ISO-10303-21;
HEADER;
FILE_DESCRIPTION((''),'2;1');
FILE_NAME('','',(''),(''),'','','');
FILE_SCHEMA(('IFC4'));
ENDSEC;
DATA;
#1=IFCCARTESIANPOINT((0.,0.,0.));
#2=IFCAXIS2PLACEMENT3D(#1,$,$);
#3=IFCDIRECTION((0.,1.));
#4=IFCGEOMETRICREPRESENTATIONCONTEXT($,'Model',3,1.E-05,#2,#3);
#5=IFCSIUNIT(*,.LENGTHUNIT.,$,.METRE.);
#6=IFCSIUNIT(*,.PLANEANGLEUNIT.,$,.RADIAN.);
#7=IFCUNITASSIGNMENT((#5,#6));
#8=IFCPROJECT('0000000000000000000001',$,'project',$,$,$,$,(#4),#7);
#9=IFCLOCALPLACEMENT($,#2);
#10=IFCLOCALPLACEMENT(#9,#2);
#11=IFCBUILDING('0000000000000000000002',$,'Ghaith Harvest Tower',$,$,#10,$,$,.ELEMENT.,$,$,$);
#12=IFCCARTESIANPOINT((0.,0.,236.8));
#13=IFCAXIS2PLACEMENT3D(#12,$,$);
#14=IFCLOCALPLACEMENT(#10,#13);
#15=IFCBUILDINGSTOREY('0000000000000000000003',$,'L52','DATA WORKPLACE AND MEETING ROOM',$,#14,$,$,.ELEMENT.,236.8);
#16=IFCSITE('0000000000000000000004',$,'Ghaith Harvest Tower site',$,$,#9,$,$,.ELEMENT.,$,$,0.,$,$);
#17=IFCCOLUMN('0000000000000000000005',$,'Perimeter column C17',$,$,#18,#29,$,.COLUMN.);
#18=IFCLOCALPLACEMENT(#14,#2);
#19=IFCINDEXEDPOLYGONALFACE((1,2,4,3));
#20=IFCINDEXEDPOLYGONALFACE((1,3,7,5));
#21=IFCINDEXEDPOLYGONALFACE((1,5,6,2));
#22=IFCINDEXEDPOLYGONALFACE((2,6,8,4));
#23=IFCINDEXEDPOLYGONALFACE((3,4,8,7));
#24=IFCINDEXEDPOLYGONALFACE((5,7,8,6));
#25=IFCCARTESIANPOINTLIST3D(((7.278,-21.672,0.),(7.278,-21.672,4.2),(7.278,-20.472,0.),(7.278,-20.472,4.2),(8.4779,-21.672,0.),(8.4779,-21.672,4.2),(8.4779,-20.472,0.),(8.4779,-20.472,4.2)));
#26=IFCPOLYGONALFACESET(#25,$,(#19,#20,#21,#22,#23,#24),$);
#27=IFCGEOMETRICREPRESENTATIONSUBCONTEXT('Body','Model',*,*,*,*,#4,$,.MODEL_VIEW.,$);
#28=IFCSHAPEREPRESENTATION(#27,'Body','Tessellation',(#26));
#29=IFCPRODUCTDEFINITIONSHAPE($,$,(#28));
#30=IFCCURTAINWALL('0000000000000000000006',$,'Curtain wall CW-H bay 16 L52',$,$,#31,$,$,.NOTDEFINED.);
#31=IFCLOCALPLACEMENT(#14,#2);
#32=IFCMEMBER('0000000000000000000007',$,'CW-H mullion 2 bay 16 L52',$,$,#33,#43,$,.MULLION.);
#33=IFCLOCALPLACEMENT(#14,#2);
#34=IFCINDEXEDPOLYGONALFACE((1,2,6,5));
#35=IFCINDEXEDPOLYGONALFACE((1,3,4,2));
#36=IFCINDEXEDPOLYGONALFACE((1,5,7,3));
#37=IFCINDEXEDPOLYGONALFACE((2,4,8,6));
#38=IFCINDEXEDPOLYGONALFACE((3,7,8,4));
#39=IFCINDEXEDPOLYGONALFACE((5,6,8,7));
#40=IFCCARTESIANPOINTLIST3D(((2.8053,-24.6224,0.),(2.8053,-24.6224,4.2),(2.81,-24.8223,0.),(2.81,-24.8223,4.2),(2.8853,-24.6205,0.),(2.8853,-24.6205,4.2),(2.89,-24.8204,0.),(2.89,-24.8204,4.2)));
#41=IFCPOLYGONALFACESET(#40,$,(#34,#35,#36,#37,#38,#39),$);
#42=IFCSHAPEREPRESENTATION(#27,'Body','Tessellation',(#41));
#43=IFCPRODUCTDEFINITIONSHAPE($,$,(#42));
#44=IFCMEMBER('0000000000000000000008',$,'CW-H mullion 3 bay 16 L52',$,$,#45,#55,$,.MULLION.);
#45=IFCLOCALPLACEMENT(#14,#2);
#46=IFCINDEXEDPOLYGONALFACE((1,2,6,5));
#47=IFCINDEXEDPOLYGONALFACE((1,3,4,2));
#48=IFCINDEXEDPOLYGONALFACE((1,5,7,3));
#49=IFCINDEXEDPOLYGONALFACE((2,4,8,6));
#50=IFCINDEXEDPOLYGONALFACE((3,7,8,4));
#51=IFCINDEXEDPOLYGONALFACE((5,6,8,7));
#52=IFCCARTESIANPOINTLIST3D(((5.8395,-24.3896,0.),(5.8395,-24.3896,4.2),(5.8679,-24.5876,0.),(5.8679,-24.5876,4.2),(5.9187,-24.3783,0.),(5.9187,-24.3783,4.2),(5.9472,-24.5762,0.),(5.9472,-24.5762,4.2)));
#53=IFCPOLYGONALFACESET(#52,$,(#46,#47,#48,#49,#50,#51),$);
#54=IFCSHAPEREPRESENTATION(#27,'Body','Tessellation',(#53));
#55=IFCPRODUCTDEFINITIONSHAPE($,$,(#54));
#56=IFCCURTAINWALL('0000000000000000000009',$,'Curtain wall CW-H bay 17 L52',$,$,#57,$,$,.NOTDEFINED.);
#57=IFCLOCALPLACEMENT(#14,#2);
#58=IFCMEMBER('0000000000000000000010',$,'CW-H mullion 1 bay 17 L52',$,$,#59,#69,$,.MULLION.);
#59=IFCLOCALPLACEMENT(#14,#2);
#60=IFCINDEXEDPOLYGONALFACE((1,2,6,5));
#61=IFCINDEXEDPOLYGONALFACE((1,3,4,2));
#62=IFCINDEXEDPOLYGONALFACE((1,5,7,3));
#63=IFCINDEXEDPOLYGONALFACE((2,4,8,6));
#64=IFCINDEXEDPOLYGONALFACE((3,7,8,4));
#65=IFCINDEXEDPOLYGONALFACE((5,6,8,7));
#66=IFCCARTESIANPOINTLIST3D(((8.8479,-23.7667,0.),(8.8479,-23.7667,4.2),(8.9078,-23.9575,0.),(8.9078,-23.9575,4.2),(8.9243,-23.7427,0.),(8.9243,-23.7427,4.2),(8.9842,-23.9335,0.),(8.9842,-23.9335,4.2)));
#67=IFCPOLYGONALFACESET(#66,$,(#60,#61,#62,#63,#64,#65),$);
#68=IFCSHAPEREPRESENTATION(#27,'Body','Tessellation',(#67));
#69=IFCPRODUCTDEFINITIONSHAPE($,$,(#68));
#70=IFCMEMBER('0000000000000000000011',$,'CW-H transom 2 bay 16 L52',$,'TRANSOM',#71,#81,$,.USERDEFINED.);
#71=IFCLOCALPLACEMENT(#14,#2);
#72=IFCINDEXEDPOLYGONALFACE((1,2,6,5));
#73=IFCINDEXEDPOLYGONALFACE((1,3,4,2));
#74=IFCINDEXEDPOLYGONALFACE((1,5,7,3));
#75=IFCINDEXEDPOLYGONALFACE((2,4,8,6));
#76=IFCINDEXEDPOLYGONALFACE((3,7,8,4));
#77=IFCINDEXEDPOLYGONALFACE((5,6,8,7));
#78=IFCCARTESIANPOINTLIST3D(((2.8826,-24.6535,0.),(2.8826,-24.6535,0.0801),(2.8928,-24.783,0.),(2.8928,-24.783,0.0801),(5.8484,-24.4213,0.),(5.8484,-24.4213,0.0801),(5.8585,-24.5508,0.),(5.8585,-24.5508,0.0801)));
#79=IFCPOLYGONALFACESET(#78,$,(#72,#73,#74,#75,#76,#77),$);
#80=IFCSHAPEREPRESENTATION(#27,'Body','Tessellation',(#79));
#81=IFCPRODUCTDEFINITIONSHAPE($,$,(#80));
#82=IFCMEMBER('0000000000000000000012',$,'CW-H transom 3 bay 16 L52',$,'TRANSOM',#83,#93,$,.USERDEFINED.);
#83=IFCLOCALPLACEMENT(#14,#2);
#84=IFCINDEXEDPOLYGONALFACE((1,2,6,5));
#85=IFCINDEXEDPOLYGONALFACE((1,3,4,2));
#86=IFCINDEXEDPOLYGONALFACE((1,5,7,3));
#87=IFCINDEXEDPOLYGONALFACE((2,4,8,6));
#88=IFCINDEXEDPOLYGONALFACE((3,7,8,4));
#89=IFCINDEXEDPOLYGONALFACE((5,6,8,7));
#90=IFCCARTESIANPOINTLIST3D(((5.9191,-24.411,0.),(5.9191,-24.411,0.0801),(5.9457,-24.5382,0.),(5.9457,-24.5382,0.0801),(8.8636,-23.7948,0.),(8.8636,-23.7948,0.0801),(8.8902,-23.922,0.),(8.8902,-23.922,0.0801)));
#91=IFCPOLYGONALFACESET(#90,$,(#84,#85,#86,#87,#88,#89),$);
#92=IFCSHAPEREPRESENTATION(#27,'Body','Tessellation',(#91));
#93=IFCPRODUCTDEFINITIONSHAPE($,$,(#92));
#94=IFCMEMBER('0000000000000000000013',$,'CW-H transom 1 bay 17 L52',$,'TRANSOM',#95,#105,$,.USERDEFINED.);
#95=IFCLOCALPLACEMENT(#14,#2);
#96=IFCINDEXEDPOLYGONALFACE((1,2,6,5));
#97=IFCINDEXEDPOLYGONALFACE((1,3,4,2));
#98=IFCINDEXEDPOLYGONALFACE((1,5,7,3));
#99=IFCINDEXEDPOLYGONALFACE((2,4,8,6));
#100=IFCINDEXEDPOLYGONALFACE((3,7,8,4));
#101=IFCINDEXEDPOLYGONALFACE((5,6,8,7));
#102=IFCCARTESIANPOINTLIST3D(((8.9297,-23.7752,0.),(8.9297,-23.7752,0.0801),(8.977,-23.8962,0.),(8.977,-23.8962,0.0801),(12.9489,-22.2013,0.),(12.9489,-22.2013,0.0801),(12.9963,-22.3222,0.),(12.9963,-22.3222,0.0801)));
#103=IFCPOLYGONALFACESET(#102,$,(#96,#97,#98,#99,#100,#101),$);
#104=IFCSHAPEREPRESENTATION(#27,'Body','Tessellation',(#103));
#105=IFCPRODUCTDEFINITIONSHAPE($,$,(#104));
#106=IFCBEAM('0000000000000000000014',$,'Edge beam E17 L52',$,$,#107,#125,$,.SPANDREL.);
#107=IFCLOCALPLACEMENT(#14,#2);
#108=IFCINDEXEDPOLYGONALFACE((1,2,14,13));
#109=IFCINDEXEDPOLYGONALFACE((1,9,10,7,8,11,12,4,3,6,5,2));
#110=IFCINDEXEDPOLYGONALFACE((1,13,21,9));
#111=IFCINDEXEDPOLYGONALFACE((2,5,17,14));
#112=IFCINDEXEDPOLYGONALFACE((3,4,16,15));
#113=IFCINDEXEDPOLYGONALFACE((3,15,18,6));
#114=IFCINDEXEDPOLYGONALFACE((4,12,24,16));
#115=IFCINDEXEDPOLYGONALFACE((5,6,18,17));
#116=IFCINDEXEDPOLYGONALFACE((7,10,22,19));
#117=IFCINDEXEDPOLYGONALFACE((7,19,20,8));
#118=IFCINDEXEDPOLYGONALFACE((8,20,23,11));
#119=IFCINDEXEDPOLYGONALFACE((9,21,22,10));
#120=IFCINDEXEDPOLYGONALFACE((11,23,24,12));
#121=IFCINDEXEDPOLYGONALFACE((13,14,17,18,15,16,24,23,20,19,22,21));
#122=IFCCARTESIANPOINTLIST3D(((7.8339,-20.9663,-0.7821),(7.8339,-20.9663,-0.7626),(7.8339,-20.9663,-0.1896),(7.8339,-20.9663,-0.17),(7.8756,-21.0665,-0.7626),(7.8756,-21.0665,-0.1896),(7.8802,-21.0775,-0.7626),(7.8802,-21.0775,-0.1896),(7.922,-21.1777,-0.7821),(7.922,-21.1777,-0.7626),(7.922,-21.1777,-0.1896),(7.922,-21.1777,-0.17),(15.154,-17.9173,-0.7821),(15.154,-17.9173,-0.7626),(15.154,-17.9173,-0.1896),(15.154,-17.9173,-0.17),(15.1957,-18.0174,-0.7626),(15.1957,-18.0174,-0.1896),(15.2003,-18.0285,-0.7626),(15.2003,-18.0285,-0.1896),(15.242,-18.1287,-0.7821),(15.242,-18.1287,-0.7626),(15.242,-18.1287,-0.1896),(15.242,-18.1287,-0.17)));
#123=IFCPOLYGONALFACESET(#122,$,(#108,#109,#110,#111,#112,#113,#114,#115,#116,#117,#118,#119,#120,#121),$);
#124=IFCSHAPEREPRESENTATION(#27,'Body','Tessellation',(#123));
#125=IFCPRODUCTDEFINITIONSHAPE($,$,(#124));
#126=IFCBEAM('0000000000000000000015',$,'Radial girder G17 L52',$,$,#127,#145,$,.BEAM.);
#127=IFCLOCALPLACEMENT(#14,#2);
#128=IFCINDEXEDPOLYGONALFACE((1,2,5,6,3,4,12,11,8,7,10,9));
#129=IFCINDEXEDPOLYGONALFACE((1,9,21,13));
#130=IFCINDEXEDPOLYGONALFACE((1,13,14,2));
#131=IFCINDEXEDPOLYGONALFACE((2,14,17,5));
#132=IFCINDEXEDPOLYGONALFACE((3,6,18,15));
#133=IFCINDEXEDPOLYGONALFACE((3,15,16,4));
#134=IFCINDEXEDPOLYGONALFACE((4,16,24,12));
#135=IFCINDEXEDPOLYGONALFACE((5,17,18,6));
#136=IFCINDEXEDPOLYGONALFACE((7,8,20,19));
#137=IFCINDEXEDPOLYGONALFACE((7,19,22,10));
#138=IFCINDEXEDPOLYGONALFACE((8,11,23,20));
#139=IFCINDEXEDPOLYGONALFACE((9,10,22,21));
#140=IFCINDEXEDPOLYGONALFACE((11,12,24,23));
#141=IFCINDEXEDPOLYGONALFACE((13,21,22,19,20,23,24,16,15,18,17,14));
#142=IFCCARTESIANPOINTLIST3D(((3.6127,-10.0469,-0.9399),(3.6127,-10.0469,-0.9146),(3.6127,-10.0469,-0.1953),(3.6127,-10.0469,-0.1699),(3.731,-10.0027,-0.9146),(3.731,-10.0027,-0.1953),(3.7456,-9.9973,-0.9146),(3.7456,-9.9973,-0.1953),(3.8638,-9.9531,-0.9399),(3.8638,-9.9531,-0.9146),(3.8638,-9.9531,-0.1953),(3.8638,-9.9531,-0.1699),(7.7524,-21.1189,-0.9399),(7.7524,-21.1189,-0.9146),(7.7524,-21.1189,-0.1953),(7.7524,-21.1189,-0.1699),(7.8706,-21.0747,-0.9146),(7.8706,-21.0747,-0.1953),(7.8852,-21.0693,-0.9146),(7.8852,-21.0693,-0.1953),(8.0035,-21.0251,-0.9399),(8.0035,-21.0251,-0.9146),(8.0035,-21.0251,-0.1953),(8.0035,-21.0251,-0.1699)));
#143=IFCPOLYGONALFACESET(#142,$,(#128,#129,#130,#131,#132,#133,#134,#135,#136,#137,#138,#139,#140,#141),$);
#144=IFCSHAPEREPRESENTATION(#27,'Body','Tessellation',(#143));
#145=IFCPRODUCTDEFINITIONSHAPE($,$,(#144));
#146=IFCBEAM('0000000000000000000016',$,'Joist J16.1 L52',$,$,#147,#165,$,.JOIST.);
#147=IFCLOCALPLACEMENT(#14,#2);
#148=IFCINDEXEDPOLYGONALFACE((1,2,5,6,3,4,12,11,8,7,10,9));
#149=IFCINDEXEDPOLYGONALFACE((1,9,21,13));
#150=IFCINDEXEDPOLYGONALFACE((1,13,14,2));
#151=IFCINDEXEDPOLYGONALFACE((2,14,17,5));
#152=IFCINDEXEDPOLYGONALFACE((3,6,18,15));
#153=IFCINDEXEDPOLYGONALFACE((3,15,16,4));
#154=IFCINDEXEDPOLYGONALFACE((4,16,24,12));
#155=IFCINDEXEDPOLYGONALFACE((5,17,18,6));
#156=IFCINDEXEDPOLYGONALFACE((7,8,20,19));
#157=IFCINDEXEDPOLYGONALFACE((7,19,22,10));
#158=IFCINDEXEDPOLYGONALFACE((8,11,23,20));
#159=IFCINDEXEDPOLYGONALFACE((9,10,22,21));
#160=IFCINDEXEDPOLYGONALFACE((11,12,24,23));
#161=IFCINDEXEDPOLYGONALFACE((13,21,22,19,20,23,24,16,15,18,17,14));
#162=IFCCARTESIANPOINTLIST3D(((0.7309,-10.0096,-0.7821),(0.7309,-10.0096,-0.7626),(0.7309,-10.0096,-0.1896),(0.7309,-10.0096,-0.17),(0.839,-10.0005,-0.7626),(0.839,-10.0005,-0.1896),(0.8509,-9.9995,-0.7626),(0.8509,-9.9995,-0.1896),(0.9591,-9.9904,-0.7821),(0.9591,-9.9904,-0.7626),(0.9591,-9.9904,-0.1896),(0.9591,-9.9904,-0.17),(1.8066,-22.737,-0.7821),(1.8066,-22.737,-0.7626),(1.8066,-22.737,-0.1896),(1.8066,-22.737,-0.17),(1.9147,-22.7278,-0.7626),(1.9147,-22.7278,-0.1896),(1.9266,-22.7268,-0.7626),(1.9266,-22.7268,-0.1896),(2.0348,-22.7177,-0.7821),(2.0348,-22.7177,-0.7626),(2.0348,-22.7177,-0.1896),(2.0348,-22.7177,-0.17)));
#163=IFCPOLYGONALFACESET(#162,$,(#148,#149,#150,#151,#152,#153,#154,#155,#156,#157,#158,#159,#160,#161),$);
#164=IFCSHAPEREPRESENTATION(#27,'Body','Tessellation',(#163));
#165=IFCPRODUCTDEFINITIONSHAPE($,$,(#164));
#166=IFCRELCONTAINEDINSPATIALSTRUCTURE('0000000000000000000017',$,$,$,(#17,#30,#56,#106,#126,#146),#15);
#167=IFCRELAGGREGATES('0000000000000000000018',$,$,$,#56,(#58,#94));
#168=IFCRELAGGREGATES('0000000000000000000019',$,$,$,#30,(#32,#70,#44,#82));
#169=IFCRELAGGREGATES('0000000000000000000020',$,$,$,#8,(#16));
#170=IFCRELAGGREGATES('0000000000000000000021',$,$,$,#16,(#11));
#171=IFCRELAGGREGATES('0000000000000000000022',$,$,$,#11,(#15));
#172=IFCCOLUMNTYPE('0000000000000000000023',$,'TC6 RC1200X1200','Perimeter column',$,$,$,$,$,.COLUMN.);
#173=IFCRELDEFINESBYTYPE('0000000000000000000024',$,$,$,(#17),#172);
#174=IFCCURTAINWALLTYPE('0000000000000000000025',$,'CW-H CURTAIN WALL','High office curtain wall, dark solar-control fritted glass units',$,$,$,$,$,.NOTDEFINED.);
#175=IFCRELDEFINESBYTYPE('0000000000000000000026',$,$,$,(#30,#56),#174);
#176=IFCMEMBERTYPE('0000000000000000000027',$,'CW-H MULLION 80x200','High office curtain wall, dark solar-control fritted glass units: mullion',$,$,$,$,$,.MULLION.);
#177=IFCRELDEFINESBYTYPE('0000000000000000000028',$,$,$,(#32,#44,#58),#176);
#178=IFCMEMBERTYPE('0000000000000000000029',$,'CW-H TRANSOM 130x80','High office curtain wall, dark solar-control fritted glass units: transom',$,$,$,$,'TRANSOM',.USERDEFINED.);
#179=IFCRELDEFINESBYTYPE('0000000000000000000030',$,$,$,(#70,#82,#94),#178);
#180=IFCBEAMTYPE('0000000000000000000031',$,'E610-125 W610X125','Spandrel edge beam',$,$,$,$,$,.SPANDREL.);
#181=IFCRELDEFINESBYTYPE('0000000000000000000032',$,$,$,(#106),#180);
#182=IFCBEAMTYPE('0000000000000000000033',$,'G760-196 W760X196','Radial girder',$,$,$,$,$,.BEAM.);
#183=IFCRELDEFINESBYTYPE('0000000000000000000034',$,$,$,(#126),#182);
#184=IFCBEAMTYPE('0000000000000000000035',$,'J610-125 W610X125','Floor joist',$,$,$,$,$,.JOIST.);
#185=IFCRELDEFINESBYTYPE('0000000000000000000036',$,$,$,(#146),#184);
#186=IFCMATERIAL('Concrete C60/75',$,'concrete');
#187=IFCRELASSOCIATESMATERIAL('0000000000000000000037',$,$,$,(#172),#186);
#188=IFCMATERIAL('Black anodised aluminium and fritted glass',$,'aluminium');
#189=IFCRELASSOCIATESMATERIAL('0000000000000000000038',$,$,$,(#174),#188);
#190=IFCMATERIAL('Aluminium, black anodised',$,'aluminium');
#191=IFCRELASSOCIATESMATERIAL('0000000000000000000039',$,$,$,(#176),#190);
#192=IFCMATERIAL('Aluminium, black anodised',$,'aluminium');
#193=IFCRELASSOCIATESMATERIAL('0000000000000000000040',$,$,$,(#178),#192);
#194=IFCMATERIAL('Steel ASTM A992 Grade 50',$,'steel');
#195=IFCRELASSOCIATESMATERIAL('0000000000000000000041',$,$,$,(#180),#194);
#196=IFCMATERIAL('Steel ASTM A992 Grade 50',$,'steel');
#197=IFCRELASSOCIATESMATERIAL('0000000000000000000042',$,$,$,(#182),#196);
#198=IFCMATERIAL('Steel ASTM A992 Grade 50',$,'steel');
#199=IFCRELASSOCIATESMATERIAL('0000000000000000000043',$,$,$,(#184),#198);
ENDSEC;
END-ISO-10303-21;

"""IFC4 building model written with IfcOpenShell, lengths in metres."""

from ifc_helpers import new_model, si_unit, direction, frame, origin, origin_2d, place, context, subcontext, project, spatial, rectangle, i_section, extrude, material, material_profile, profile_set, type_object, element, aggregate, save


model = new_model("IFC4")

# Units and contexts
model_context = context("Model", 3, precision=1e-05, world=origin(), true_north=direction((0.0, 1.0)))
body_context = subcontext(model_context, "Body", "Model", "MODEL_VIEW")
ifc_project = project(units=[si_unit("LENGTHUNIT", "METRE"), si_unit("PLANEANGLEUNIT", "RADIAN")], contexts=[model_context])

# Site, building, storey
site_placement = place(None, origin())
site = spatial("IfcSite", under=ifc_project, at=site_placement, Name="Ghaith Harvest Tower site", CompositionType="ELEMENT", RefElevation=0.0)
building_placement = place(site_placement, origin())
building = spatial("IfcBuilding", under=site, at=building_placement, Name="Ghaith Harvest Tower", CompositionType="ELEMENT")
storey_placement = place(building_placement, frame((0.0, 0.0, 236.8)))
storey = spatial("IfcBuildingStorey", under=building, at=storey_placement, Name="L52", Description="DATA WORKPLACE AND MEETING ROOM", CompositionType="ELEMENT", Elevation=236.8)

# Column
ifc_material_1 = material(Name="Concrete C60/75", Category="concrete")
ifc_material_profile_1 = material_profile(ifc_material_1, rectangle(XDim=1.2, YDim=1.2, at=origin_2d()), Name="RC1200X1200")
ifc_profile_set_1 = profile_set([ifc_material_profile_1], Name="Concrete C60/75")
column_type = type_object("IfcColumnType", Name="TC6 RC1200X1200", Description="Perimeter column", PredefinedType="COLUMN", material=ifc_profile_set_1)
column_placement = place(storey_placement, frame((7.8779, -21.072, 0.0), z_axis=(0.0, 0.0, 1.0), x_axis=(1.0, 0.0, 0.0)))
element("IfcColumn", 1, at=column_placement, inside=storey, type_object=column_type, Name="Perimeter column C17", PredefinedType="COLUMN", context=body_context, shape_type="SweptSolid", body=[
    extrude(rectangle(XDim=1.2, YDim=1.2, at=origin_2d()), origin(), (0.0, 0.0, 1.0), 4.2),
])

# Curtain wall, members
ifc_material_2 = material(Name="Black anodised aluminium and fritted glass", Category="aluminium")
curtain_wall_type = type_object("IfcCurtainWallType", Name="CW-H CURTAIN WALL", Description="High office curtain wall, dark solar-control fritted glass units", PredefinedType="NOTDEFINED", material=ifc_material_2)
curtain_wall_1_placement = place(storey_placement, origin())
curtain_wall_1 = element("IfcCurtainWall", 2, at=curtain_wall_1_placement, inside=storey, type_object=curtain_wall_type, Name="Curtain wall CW-H bay 16 L52", PredefinedType="NOTDEFINED")
ifc_material_3 = material(Name="Aluminium, black anodised", Category="aluminium")
ifc_material_profile_2 = material_profile(ifc_material_3, rectangle(XDim=0.0801, YDim=0.2, at=origin_2d()), Name="CW-H MULLION 80x200")
ifc_profile_set_2 = profile_set([ifc_material_profile_2], Name="Aluminium, black anodised")
member_type_1 = type_object("IfcMemberType", Name="CW-H MULLION 80x200", Description="High office curtain wall, dark solar-control fritted glass units: mullion", PredefinedType="MULLION", material=ifc_profile_set_2)
member_1_placement = place(storey_placement, frame((2.8477, -24.7214, 0.0), z_axis=(0.0, 0.0, 1.0), x_axis=(0.999724, 0.023475, 0.0)))
member_1 = element("IfcMember", 3, at=member_1_placement, type_object=member_type_1, Name="CW-H mullion 2 bay 16 L52", PredefinedType="MULLION", context=body_context, shape_type="SweptSolid", body=[
    extrude(rectangle(XDim=0.0801, YDim=0.2, at=origin_2d()), origin(), (0.0, 0.0, 1.0), 4.2),
])
member_2_placement = place(storey_placement, frame((5.8933, -24.4829, 0.0), z_axis=(0.0, 0.0, 1.0), x_axis=(0.989849, 0.142122, 0.0)))
member_2 = element("IfcMember", 4, at=member_2_placement, type_object=member_type_1, Name="CW-H mullion 3 bay 16 L52", PredefinedType="MULLION", context=body_context, shape_type="SweptSolid", body=[
    extrude(rectangle(XDim=0.0801, YDim=0.2, at=origin_2d()), origin(), (0.0, 0.0, 1.0), 4.2),
])

# Curtain wall, member
curtain_wall_2_placement = place(storey_placement, origin())
curtain_wall_2 = element("IfcCurtainWall", 5, at=curtain_wall_2_placement, inside=storey, type_object=curtain_wall_type, Name="Curtain wall CW-H bay 17 L52", PredefinedType="NOTDEFINED")
member_3_placement = place(storey_placement, frame((8.916, -23.8501, 0.0), z_axis=(0.0, 0.0, 1.0), x_axis=(0.95403, 0.299711, 0.0)))
member_3 = element("IfcMember", 6, at=member_3_placement, type_object=member_type_1, Name="CW-H mullion 1 bay 17 L52", PredefinedType="MULLION", context=body_context, shape_type="SweptSolid", body=[
    extrude(rectangle(XDim=0.0801, YDim=0.2, at=origin_2d()), origin(), (0.0, 0.0, 1.0), 4.2),
])

# Members
ifc_material_4 = material(Name="Aluminium, black anodised", Category="aluminium")
ifc_material_profile_3 = material_profile(ifc_material_4, rectangle(XDim=0.1299, YDim=0.0801, at=origin_2d()), Name="CW-H TRANSOM 130x80")
ifc_profile_set_3 = profile_set([ifc_material_profile_3], Name="Aluminium, black anodised")
member_type_2 = type_object("IfcMemberType", Name="CW-H TRANSOM 130x80", Description="High office curtain wall, dark solar-control fritted glass units: transom", ElementType="TRANSOM", PredefinedType="USERDEFINED", material=ifc_profile_set_3)
member_4_placement = place(storey_placement, frame((2.8877, -24.7183, 0.04), z_axis=(0.99695, 0.078046, 0.0), x_axis=(-0.078046, 0.99695, 0.0)))
member_4 = element("IfcMember", 7, at=member_4_placement, type_object=member_type_2, Name="CW-H transom 2 bay 16 L52", ObjectType="TRANSOM", PredefinedType="USERDEFINED", context=body_context, shape_type="SweptSolid", body=[
    extrude(rectangle(XDim=0.1299, YDim=0.0801, at=origin_2d()), origin(), (0.0, 0.0, 1.0), 2.9749),
])
member_5_placement = place(storey_placement, frame((5.9324, -24.4746, 0.04), z_axis=(0.978797, 0.204832, 0.0), x_axis=(-0.204832, 0.978797, 0.0)))
member_5 = element("IfcMember", 8, at=member_5_placement, type_object=member_type_2, Name="CW-H transom 3 bay 16 L52", ObjectType="TRANSOM", PredefinedType="USERDEFINED", context=body_context, shape_type="SweptSolid", body=[
    extrude(rectangle(XDim=0.1299, YDim=0.0801, at=origin_2d()), origin(), (0.0, 0.0, 1.0), 3.0083),
])
member_6_placement = place(storey_placement, frame((8.9534, -23.8357, 0.04), z_axis=(0.931148, 0.364642, 0.0), x_axis=(-0.364642, 0.931148, 0.0)))
member_6 = element("IfcMember", 9, at=member_6_placement, type_object=member_type_2, Name="CW-H transom 1 bay 17 L52", ObjectType="TRANSOM", PredefinedType="USERDEFINED", context=body_context, shape_type="SweptSolid", body=[
    extrude(rectangle(XDim=0.1299, YDim=0.0801, at=origin_2d()), origin(), (0.0, 0.0, 1.0), 4.3164),
])
aggregate(curtain_wall_2, [member_3, member_6])

# Beams
ifc_material_5 = material(Name="Steel ASTM A992 Grade 50", Category="steel")
ifc_material_profile_4 = material_profile(ifc_material_5, i_section(OverallWidth=0.229, OverallDepth=0.6121, WebThickness=0.012, FlangeThickness=0.0195, at=origin_2d()), Name="W610X125")
ifc_profile_set_4 = profile_set([ifc_material_profile_4], Name="Steel ASTM A992 Grade 50")
beam_type_1 = type_object("IfcBeamType", Name="E610-125 W610X125", Description="Spandrel edge beam", PredefinedType="SPANDREL", material=ifc_profile_set_4)
beam_1_placement = place(storey_placement, frame((7.8779, -21.072, -0.4761), z_axis=(0.92312, 0.384513, 0.0), x_axis=(-0.384513, 0.92312, 0.0)))
element("IfcBeam", 10, at=beam_1_placement, inside=storey, type_object=beam_type_1, Name="Edge beam E17 L52", PredefinedType="SPANDREL", context=body_context, shape_type="SweptSolid", body=[
    extrude(i_section(OverallWidth=0.229, OverallDepth=0.6121, WebThickness=0.012, FlangeThickness=0.0195, at=origin_2d()), origin(), (0.0, 0.0, 1.0), 7.9297),
])
ifc_material_6 = material(Name="Steel ASTM A992 Grade 50", Category="steel")
ifc_material_profile_5 = material_profile(ifc_material_6, i_section(OverallWidth=0.2681, OverallDepth=0.77, WebThickness=0.0156, FlangeThickness=0.0254, at=origin_2d()), Name="W760X196")
ifc_profile_set_5 = profile_set([ifc_material_profile_5], Name="Steel ASTM A992 Grade 50")
beam_type_2 = type_object("IfcBeamType", Name="G760-196 W760X196", Description="Radial girder", PredefinedType="BEAM", material=ifc_profile_set_5)
beam_2_placement = place(storey_placement, frame((3.7383, -10.0, -0.5549), z_axis=(0.350207, -0.936672, 0.0), x_axis=(0.936672, 0.350207, 0.0)))
element("IfcBeam", 11, at=beam_2_placement, inside=storey, type_object=beam_type_2, Name="Radial girder G17 L52", PredefinedType="BEAM", context=body_context, shape_type="SweptSolid", body=[
    extrude(i_section(OverallWidth=0.2681, OverallDepth=0.77, WebThickness=0.0156, FlangeThickness=0.0254, at=origin_2d()), origin(), (0.0, 0.0, 1.0), 11.8206),
])
ifc_material_7 = material(Name="Steel ASTM A992 Grade 50", Category="steel")
ifc_material_profile_6 = material_profile(ifc_material_7, i_section(OverallWidth=0.229, OverallDepth=0.6121, WebThickness=0.012, FlangeThickness=0.0195, at=origin_2d()), Name="W610X125")
ifc_profile_set_6 = profile_set([ifc_material_profile_6], Name="Steel ASTM A992 Grade 50")
beam_type_3 = type_object("IfcBeamType", Name="J610-125 W610X125", Description="Floor joist", PredefinedType="JOIST", material=ifc_profile_set_6)
beam_3_placement = place(storey_placement, frame((0.845, -10.0, -0.4761), z_axis=(0.084218, -0.996447, 0.0), x_axis=(0.996447, 0.084218, 0.0)))
element("IfcBeam", 12, at=beam_3_placement, inside=storey, type_object=beam_type_3, Name="Joist J16.1 L52", PredefinedType="JOIST", context=body_context, shape_type="SweptSolid", body=[
    extrude(i_section(OverallWidth=0.229, OverallDepth=0.6121, WebThickness=0.012, FlangeThickness=0.0195, at=origin_2d()), origin(), (0.0, 0.0, 1.0), 12.7727),
])

aggregate(curtain_wall_1, [member_1, member_4, member_2, member_5])

save(model, "model.ifc")
